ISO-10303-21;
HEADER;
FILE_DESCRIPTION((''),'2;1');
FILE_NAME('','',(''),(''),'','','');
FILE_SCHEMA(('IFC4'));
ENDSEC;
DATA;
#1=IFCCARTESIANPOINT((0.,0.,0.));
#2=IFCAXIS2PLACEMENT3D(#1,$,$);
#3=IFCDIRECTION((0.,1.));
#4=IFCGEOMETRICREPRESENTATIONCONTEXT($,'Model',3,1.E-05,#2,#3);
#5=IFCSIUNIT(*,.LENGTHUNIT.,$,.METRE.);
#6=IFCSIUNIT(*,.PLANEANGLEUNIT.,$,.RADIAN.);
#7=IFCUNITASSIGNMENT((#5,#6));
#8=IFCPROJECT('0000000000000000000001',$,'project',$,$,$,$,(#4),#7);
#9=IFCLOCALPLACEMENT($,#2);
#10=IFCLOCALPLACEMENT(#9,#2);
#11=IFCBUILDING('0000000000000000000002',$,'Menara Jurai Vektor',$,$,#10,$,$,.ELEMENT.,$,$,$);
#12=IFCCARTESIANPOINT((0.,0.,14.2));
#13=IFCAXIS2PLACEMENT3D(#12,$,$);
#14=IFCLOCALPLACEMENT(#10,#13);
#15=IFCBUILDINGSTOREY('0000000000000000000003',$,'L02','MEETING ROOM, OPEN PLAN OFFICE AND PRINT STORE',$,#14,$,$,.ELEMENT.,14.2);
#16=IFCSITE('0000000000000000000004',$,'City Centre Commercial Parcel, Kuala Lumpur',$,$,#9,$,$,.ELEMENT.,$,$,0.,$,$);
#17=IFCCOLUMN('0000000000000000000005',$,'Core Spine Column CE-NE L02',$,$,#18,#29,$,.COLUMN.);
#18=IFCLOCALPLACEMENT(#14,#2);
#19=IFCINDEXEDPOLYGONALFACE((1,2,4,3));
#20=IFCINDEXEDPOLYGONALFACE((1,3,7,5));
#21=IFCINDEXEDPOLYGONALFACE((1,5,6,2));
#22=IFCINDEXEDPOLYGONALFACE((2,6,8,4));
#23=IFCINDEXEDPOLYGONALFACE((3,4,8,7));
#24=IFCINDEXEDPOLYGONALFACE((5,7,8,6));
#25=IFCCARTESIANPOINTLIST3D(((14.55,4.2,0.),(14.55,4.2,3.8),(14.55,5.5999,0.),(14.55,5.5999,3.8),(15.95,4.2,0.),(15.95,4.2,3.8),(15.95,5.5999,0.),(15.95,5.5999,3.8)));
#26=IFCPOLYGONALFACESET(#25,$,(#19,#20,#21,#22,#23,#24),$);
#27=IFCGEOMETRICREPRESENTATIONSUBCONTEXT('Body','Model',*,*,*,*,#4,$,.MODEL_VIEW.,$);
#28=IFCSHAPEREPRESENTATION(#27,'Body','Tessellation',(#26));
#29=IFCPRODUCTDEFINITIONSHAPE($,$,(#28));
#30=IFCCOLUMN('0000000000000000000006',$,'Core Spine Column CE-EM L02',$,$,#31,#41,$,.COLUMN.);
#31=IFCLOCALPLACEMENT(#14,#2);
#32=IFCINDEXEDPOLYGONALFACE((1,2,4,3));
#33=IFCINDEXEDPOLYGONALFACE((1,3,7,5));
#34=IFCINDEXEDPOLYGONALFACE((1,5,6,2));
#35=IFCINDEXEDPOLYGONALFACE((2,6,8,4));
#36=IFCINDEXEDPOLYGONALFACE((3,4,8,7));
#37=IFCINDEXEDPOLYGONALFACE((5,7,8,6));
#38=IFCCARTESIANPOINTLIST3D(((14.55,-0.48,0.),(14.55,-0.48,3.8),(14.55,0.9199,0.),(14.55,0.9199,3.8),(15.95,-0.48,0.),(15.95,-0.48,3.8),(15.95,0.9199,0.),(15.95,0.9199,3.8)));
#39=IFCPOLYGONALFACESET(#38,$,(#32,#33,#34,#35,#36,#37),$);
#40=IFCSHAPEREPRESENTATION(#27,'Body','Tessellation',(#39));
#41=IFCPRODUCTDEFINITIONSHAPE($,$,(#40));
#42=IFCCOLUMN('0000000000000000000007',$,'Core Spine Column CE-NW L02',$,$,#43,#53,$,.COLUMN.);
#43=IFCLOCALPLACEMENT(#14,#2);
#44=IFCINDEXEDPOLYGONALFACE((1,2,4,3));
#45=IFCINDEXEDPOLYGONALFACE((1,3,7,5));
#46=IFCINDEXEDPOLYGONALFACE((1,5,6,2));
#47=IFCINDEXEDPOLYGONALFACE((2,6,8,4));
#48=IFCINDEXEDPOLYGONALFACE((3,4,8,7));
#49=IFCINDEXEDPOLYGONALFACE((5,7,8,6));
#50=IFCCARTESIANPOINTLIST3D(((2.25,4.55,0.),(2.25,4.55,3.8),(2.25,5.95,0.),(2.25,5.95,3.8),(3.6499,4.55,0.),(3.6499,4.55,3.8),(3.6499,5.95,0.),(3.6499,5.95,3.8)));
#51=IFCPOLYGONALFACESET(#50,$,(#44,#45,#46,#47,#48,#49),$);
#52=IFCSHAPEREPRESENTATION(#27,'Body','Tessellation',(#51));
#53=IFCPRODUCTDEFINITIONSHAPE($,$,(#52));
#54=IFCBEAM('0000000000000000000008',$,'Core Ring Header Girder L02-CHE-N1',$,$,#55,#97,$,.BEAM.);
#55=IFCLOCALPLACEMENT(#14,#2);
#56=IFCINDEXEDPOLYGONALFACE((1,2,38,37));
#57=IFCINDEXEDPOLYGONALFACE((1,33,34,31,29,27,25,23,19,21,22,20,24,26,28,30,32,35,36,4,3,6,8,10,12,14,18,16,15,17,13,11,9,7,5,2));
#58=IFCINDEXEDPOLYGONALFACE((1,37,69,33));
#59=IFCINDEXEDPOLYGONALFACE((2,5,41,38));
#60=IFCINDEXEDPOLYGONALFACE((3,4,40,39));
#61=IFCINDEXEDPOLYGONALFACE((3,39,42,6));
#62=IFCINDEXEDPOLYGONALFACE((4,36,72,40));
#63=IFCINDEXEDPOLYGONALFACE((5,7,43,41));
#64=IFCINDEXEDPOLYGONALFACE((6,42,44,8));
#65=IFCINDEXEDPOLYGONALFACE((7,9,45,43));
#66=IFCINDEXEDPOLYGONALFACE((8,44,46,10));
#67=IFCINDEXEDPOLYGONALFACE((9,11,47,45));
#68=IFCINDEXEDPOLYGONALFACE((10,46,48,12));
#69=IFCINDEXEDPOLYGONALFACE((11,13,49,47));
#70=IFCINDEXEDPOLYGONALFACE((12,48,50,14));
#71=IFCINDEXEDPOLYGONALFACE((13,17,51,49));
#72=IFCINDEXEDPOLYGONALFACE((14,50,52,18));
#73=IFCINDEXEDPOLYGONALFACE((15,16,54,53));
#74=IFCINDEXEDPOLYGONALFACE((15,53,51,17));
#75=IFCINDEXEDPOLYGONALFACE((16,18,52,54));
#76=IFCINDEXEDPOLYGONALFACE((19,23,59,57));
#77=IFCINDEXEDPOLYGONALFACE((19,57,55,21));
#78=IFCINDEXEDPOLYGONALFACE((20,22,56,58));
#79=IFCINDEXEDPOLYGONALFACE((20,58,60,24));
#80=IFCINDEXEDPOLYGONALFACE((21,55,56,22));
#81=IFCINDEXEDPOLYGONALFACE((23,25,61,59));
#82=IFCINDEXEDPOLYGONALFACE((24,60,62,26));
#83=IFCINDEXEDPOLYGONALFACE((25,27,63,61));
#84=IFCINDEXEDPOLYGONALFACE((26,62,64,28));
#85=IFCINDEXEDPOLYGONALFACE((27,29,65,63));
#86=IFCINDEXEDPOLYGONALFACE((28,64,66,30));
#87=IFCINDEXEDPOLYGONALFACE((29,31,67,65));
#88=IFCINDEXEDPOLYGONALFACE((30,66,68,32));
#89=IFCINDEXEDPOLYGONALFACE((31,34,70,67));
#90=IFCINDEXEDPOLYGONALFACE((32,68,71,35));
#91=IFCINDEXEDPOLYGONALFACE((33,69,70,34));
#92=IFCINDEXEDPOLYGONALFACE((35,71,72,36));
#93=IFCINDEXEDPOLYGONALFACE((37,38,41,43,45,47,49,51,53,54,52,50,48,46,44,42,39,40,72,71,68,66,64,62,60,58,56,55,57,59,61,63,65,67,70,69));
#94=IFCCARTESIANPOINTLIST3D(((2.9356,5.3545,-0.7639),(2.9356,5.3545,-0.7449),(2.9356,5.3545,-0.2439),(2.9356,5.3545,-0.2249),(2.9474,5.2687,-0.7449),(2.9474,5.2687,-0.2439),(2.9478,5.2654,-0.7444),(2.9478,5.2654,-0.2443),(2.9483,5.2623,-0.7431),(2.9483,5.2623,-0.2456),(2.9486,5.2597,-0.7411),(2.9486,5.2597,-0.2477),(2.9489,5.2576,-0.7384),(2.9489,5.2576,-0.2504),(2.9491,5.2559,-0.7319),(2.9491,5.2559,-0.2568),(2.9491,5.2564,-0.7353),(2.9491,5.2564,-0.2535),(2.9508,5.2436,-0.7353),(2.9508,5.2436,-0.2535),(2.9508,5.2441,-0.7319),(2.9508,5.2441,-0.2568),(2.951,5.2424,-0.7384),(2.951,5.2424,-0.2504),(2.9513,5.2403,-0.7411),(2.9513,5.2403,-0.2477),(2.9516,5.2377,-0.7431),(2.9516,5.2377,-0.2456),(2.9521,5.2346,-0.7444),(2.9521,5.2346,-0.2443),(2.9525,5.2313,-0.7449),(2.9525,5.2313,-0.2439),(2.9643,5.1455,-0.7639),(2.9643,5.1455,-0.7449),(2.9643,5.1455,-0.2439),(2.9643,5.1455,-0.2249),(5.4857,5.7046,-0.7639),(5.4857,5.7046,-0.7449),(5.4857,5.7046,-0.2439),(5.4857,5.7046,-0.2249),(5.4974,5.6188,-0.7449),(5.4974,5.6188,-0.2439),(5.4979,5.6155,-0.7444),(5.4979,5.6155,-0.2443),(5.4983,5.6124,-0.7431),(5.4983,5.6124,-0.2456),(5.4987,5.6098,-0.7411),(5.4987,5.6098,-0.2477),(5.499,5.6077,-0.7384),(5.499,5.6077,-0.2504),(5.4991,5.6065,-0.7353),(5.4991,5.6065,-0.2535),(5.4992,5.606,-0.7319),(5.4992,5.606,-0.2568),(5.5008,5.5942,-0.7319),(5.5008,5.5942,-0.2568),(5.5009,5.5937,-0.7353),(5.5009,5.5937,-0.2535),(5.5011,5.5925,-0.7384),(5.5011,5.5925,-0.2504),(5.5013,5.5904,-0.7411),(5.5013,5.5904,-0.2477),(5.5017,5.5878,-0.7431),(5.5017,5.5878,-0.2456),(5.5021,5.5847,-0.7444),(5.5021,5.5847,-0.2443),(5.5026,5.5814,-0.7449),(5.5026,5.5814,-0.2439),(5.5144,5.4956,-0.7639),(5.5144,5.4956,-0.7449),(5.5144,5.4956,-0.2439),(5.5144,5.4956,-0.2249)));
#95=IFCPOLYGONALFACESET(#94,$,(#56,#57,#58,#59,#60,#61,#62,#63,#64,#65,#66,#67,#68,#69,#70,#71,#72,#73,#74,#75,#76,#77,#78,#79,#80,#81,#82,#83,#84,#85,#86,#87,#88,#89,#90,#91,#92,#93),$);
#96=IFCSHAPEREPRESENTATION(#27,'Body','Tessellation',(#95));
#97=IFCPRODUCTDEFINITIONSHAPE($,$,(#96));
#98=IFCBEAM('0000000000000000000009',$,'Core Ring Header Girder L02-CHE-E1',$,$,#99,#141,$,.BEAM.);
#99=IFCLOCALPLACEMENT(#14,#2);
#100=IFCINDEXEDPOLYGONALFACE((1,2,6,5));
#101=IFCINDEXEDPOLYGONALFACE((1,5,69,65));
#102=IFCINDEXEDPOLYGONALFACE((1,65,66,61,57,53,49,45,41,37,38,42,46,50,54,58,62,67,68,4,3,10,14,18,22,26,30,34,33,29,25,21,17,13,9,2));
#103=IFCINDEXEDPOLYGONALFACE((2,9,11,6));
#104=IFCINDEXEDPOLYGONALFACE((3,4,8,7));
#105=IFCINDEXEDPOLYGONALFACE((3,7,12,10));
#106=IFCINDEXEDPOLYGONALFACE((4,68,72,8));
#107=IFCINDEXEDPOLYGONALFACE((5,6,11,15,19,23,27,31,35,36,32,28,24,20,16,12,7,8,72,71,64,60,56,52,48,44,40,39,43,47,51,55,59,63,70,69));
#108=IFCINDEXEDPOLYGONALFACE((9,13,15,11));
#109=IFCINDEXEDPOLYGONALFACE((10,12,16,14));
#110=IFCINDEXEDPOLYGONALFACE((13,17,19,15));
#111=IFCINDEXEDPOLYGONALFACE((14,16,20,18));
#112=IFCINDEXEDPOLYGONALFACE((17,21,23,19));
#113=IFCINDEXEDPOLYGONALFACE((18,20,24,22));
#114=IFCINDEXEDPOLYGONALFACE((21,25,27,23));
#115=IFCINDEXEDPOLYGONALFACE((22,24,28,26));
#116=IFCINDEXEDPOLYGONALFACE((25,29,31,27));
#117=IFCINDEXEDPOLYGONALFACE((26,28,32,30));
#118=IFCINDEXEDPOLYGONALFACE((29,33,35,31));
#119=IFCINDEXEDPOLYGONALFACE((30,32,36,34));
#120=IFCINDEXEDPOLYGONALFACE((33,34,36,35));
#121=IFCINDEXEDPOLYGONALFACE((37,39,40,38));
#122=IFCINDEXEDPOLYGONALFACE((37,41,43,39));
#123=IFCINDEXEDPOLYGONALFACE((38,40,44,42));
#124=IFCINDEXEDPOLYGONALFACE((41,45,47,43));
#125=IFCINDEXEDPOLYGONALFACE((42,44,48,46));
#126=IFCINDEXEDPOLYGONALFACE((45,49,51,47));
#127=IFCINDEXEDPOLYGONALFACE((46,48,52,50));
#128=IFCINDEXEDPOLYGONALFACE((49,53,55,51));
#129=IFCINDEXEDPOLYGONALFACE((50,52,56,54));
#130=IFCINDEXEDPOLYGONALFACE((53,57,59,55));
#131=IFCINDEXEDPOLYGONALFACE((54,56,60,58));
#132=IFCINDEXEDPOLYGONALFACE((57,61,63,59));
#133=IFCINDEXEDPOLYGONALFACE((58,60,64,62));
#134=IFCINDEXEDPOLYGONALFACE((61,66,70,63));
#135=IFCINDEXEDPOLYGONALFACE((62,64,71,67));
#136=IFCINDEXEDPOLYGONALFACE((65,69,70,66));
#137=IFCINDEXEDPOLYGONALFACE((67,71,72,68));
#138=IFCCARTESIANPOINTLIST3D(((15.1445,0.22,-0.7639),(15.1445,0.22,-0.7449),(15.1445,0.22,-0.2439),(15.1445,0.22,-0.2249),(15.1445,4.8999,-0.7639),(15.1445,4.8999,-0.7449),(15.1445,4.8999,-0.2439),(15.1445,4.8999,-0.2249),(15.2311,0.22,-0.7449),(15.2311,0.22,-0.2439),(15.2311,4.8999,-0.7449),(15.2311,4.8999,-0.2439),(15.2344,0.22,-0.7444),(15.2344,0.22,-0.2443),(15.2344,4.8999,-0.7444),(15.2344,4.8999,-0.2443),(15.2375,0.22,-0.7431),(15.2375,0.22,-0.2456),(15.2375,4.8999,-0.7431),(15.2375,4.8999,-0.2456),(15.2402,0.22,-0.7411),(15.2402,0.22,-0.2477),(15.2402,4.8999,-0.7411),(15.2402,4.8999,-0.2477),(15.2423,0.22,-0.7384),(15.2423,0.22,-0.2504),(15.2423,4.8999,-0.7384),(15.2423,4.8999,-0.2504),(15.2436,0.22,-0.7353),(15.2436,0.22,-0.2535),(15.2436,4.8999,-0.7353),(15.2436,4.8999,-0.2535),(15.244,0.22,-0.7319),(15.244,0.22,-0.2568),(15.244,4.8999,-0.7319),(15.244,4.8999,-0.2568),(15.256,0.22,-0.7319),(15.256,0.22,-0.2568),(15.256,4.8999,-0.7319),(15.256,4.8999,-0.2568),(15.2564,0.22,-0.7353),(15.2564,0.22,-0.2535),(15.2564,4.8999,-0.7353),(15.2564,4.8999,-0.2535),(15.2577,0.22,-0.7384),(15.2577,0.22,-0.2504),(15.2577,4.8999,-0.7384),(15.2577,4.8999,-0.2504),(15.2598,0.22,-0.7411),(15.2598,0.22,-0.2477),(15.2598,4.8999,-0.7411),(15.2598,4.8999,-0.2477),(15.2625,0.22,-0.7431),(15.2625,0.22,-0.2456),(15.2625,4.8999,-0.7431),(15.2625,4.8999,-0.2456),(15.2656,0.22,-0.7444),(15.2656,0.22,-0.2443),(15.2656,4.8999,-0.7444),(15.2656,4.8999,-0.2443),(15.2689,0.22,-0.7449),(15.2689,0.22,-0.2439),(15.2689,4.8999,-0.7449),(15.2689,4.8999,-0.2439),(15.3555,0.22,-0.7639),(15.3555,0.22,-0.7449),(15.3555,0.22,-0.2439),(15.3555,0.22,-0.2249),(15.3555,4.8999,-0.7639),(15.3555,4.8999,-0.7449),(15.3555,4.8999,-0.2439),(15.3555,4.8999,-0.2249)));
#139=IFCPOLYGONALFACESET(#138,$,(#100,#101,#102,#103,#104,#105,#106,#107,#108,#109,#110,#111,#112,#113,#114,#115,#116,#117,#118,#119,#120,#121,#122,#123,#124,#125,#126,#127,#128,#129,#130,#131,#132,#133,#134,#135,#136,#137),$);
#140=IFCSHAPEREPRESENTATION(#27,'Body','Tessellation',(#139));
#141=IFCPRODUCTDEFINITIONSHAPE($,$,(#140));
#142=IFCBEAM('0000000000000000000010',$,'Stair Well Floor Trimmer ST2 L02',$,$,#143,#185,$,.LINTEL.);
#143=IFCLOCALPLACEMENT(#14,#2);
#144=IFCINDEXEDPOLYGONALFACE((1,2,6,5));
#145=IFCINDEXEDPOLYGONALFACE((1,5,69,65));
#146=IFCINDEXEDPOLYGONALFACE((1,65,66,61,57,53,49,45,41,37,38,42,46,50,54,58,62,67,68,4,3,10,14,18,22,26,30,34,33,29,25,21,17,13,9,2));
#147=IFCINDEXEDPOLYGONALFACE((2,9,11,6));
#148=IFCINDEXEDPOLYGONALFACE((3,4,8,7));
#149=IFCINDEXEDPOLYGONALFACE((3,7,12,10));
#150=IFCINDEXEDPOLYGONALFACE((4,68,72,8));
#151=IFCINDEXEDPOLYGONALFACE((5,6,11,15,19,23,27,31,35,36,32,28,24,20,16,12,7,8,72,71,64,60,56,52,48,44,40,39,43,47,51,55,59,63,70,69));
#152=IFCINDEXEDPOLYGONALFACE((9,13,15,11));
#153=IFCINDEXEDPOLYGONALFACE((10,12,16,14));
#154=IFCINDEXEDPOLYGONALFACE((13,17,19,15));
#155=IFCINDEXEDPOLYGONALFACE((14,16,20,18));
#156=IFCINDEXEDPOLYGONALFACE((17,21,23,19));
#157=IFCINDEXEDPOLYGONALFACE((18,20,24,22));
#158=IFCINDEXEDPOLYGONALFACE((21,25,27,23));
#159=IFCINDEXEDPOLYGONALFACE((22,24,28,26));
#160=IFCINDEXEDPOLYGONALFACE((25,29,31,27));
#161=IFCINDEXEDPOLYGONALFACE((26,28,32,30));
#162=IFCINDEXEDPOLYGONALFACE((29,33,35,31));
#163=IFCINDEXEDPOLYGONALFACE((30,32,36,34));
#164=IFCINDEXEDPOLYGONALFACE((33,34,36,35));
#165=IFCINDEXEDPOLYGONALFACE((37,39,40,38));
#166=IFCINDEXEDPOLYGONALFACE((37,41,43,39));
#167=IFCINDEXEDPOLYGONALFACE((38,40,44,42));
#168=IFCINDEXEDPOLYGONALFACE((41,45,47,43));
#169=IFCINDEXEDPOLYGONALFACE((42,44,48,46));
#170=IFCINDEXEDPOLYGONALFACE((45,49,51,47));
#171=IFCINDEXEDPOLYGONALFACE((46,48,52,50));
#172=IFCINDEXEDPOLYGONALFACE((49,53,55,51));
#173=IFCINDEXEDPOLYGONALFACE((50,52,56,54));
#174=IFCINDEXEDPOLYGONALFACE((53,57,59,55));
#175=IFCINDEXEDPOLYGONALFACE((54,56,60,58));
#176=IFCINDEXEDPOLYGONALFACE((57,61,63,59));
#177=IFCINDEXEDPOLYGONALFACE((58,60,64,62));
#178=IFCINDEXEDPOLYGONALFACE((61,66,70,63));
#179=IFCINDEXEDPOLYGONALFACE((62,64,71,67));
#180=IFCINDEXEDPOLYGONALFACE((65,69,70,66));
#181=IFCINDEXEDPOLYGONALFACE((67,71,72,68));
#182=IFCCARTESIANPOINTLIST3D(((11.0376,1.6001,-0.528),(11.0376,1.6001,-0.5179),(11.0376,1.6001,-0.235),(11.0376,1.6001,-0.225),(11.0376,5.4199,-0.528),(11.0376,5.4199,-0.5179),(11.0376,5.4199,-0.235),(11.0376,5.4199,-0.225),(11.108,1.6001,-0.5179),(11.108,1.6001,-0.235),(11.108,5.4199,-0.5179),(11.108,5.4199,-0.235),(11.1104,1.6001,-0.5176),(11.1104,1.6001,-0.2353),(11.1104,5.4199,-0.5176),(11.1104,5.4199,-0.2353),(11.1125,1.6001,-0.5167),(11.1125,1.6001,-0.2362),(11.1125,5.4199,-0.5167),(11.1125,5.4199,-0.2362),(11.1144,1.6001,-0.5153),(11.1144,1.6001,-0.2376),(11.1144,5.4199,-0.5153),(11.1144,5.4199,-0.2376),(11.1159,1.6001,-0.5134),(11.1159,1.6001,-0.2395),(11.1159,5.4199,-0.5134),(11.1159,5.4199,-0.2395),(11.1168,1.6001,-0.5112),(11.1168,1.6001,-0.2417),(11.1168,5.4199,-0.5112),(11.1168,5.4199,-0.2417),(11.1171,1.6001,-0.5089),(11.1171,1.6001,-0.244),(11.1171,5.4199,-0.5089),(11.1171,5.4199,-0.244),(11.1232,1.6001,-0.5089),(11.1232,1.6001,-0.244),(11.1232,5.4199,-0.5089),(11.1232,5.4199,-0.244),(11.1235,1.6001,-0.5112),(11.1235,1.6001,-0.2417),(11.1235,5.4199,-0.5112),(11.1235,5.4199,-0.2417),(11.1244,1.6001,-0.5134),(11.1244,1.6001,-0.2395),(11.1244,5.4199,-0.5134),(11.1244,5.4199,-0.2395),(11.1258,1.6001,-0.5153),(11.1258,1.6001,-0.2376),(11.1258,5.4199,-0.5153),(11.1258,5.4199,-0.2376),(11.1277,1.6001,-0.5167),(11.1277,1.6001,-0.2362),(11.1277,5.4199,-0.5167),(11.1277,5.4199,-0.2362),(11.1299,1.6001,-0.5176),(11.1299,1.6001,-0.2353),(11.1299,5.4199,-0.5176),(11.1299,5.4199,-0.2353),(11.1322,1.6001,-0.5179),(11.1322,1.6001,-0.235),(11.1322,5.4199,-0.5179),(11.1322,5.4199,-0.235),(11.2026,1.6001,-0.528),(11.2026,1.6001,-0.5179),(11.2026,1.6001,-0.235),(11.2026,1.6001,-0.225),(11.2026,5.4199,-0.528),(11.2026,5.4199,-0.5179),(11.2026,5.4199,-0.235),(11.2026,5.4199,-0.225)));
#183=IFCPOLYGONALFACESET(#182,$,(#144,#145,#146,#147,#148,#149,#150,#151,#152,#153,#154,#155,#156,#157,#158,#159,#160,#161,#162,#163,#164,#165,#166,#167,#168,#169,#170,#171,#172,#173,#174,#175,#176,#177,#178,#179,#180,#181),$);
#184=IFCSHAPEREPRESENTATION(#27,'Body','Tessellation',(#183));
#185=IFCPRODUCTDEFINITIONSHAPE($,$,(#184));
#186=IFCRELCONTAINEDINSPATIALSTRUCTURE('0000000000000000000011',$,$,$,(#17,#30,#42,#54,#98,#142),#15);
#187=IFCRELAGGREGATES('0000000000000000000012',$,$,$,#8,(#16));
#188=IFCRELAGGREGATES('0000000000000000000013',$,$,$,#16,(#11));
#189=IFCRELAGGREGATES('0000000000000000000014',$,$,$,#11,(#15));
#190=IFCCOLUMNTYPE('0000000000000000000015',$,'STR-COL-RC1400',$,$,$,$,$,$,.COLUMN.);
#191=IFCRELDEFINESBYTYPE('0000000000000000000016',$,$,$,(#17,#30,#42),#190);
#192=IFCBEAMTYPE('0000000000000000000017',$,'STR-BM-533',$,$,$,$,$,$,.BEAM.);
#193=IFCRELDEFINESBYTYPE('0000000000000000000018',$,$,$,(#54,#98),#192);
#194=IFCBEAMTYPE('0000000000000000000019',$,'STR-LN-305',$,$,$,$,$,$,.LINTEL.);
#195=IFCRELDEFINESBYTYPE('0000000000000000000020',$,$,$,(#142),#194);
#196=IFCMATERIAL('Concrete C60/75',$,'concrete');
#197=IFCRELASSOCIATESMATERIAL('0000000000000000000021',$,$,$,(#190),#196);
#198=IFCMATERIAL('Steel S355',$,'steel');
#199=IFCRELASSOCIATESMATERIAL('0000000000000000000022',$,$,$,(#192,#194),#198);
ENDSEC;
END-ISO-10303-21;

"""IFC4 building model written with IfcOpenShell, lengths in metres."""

from ifc_helpers import new_model, si_unit, direction, frame, origin, origin_2d, place, context, subcontext, project, spatial, rectangle, i_section, extrude, material, material_profile, profile_set, type_object, element, save


model = new_model("IFC4")

# Units and contexts
model_context = context("Model", 3, precision=1e-05, world=origin(), true_north=direction((0.0, 1.0)))
body_context = subcontext(model_context, "Body", "Model", "MODEL_VIEW")
ifc_project = project(units=[si_unit("LENGTHUNIT", "METRE"), si_unit("PLANEANGLEUNIT", "RADIAN")], contexts=[model_context])

# Site, building, storey
site_placement = place(None, origin())
site = spatial("IfcSite", under=ifc_project, at=site_placement, Name="City Centre Commercial Parcel, Kuala Lumpur", CompositionType="ELEMENT", RefElevation=0.0)
building_placement = place(site_placement, origin())
building = spatial("IfcBuilding", under=site, at=building_placement, Name="Menara Jurai Vektor", CompositionType="ELEMENT")
storey_placement = place(building_placement, frame((0.0, 0.0, 14.2)))
storey = spatial("IfcBuildingStorey", under=building, at=storey_placement, Name="L02", Description="MEETING ROOM, OPEN PLAN OFFICE AND PRINT STORE", CompositionType="ELEMENT", Elevation=14.2)

# Columns
ifc_material_1 = material(Name="Concrete C60/75", Category="concrete")
ifc_material_profile_1 = material_profile(ifc_material_1, rectangle(XDim=1.3999, YDim=1.3999, at=origin_2d()), Name="RC 1400x1400")
ifc_profile_set_1 = profile_set([ifc_material_profile_1], Name="Concrete C60/75")
column_type = type_object("IfcColumnType", Name="STR-COL-RC1400", PredefinedType="COLUMN", material=ifc_profile_set_1)
for number, where, z_axis, x_axis, name in (
    (1, (15.25, 4.8999, 0.0), (0.0, 0.0, 1.0), (1.0, 0.0, 0.0), "Core Spine Column CE-NE L02"),
    (2, (15.25, 0.22, 0.0), (0.0, 0.0, 1.0), (1.0, 0.0, 0.0), "Core Spine Column CE-EM L02"),
    (3, (2.95, 5.25, 0.0), (0.0, 0.0, 1.0), (1.0, 0.0, 0.0), "Core Spine Column CE-NW L02"),
):
    element("IfcColumn", number, at=place(storey_placement, frame(where, z_axis=z_axis, x_axis=x_axis)), inside=storey, type_object=column_type, Name=name, PredefinedType="COLUMN", context=body_context, shape_type="SweptSolid", body=[
        extrude(rectangle(XDim=1.3999, YDim=1.3999, at=origin_2d()), origin(), (0.0, 0.0, 1.0), 3.8),
    ])

# Beams
ifc_material_2 = material(Name="Steel S355", Category="steel")
ifc_material_profile_2 = material_profile(ifc_material_2, i_section(OverallWidth=0.2109, OverallDepth=0.5391, WebThickness=0.012, FlangeThickness=0.019, FilletRadius=0.0129, at=origin_2d()), Name="UKB 533x210x109")
ifc_profile_set_2 = profile_set([ifc_material_profile_2], Name="Steel S355")
beam_type_1 = type_object("IfcBeamType", Name="STR-BM-533", PredefinedType="BEAM", material=ifc_profile_set_2)
beam_1_placement = place(storey_placement, frame((2.95, 5.25, -0.4944), z_axis=(0.990707, 0.136015, 0.0), x_axis=(-0.136015, 0.990707, 0.0)))
element("IfcBeam", 4, at=beam_1_placement, inside=storey, type_object=beam_type_1, Name="Core Ring Header Girder L02-CHE-N1", PredefinedType="BEAM", context=body_context, shape_type="SweptSolid", body=[
    extrude(i_section(OverallWidth=0.2109, OverallDepth=0.5391, WebThickness=0.012, FlangeThickness=0.019, FilletRadius=0.0129, at=origin_2d()), origin(), (0.0, 0.0, 1.0), 2.574),
])
beam_2_placement = place(storey_placement, frame((15.25, 0.22, -0.4944), z_axis=(0.0, 1.0, 0.0), x_axis=(-1.0, 0.0, 0.0)))
element("IfcBeam", 5, at=beam_2_placement, inside=storey, type_object=beam_type_1, Name="Core Ring Header Girder L02-CHE-E1", PredefinedType="BEAM", context=body_context, shape_type="SweptSolid", body=[
    extrude(i_section(OverallWidth=0.2109, OverallDepth=0.5391, WebThickness=0.012, FlangeThickness=0.019, FilletRadius=0.0129, at=origin_2d()), origin(), (0.0, 0.0, 1.0), 4.6799),
])
ifc_material_profile_3 = material_profile(ifc_material_2, i_section(OverallWidth=0.165, OverallDepth=0.303, WebThickness=0.0061, FlangeThickness=0.01, FilletRadius=0.009, at=origin_2d()), Name="UKB 305x165x40")
ifc_profile_set_3 = profile_set([ifc_material_profile_3], Name="Steel S355")
beam_type_2 = type_object("IfcBeamType", Name="STR-LN-305", PredefinedType="LINTEL", material=ifc_profile_set_3)
beam_3_placement = place(storey_placement, frame((11.1201, 1.6001, -0.3765), z_axis=(0.0, 1.0, 0.0), x_axis=(-1.0, 0.0, 0.0)))
element("IfcBeam", 6, at=beam_3_placement, inside=storey, type_object=beam_type_2, Name="Stair Well Floor Trimmer ST2 L02", PredefinedType="LINTEL", context=body_context, shape_type="SweptSolid", body=[
    extrude(i_section(OverallWidth=0.165, OverallDepth=0.303, WebThickness=0.0061, FlangeThickness=0.01, FilletRadius=0.009, at=origin_2d()), origin(), (0.0, 0.0, 1.0), 3.8198),
])

save(model, "model.ifc")
